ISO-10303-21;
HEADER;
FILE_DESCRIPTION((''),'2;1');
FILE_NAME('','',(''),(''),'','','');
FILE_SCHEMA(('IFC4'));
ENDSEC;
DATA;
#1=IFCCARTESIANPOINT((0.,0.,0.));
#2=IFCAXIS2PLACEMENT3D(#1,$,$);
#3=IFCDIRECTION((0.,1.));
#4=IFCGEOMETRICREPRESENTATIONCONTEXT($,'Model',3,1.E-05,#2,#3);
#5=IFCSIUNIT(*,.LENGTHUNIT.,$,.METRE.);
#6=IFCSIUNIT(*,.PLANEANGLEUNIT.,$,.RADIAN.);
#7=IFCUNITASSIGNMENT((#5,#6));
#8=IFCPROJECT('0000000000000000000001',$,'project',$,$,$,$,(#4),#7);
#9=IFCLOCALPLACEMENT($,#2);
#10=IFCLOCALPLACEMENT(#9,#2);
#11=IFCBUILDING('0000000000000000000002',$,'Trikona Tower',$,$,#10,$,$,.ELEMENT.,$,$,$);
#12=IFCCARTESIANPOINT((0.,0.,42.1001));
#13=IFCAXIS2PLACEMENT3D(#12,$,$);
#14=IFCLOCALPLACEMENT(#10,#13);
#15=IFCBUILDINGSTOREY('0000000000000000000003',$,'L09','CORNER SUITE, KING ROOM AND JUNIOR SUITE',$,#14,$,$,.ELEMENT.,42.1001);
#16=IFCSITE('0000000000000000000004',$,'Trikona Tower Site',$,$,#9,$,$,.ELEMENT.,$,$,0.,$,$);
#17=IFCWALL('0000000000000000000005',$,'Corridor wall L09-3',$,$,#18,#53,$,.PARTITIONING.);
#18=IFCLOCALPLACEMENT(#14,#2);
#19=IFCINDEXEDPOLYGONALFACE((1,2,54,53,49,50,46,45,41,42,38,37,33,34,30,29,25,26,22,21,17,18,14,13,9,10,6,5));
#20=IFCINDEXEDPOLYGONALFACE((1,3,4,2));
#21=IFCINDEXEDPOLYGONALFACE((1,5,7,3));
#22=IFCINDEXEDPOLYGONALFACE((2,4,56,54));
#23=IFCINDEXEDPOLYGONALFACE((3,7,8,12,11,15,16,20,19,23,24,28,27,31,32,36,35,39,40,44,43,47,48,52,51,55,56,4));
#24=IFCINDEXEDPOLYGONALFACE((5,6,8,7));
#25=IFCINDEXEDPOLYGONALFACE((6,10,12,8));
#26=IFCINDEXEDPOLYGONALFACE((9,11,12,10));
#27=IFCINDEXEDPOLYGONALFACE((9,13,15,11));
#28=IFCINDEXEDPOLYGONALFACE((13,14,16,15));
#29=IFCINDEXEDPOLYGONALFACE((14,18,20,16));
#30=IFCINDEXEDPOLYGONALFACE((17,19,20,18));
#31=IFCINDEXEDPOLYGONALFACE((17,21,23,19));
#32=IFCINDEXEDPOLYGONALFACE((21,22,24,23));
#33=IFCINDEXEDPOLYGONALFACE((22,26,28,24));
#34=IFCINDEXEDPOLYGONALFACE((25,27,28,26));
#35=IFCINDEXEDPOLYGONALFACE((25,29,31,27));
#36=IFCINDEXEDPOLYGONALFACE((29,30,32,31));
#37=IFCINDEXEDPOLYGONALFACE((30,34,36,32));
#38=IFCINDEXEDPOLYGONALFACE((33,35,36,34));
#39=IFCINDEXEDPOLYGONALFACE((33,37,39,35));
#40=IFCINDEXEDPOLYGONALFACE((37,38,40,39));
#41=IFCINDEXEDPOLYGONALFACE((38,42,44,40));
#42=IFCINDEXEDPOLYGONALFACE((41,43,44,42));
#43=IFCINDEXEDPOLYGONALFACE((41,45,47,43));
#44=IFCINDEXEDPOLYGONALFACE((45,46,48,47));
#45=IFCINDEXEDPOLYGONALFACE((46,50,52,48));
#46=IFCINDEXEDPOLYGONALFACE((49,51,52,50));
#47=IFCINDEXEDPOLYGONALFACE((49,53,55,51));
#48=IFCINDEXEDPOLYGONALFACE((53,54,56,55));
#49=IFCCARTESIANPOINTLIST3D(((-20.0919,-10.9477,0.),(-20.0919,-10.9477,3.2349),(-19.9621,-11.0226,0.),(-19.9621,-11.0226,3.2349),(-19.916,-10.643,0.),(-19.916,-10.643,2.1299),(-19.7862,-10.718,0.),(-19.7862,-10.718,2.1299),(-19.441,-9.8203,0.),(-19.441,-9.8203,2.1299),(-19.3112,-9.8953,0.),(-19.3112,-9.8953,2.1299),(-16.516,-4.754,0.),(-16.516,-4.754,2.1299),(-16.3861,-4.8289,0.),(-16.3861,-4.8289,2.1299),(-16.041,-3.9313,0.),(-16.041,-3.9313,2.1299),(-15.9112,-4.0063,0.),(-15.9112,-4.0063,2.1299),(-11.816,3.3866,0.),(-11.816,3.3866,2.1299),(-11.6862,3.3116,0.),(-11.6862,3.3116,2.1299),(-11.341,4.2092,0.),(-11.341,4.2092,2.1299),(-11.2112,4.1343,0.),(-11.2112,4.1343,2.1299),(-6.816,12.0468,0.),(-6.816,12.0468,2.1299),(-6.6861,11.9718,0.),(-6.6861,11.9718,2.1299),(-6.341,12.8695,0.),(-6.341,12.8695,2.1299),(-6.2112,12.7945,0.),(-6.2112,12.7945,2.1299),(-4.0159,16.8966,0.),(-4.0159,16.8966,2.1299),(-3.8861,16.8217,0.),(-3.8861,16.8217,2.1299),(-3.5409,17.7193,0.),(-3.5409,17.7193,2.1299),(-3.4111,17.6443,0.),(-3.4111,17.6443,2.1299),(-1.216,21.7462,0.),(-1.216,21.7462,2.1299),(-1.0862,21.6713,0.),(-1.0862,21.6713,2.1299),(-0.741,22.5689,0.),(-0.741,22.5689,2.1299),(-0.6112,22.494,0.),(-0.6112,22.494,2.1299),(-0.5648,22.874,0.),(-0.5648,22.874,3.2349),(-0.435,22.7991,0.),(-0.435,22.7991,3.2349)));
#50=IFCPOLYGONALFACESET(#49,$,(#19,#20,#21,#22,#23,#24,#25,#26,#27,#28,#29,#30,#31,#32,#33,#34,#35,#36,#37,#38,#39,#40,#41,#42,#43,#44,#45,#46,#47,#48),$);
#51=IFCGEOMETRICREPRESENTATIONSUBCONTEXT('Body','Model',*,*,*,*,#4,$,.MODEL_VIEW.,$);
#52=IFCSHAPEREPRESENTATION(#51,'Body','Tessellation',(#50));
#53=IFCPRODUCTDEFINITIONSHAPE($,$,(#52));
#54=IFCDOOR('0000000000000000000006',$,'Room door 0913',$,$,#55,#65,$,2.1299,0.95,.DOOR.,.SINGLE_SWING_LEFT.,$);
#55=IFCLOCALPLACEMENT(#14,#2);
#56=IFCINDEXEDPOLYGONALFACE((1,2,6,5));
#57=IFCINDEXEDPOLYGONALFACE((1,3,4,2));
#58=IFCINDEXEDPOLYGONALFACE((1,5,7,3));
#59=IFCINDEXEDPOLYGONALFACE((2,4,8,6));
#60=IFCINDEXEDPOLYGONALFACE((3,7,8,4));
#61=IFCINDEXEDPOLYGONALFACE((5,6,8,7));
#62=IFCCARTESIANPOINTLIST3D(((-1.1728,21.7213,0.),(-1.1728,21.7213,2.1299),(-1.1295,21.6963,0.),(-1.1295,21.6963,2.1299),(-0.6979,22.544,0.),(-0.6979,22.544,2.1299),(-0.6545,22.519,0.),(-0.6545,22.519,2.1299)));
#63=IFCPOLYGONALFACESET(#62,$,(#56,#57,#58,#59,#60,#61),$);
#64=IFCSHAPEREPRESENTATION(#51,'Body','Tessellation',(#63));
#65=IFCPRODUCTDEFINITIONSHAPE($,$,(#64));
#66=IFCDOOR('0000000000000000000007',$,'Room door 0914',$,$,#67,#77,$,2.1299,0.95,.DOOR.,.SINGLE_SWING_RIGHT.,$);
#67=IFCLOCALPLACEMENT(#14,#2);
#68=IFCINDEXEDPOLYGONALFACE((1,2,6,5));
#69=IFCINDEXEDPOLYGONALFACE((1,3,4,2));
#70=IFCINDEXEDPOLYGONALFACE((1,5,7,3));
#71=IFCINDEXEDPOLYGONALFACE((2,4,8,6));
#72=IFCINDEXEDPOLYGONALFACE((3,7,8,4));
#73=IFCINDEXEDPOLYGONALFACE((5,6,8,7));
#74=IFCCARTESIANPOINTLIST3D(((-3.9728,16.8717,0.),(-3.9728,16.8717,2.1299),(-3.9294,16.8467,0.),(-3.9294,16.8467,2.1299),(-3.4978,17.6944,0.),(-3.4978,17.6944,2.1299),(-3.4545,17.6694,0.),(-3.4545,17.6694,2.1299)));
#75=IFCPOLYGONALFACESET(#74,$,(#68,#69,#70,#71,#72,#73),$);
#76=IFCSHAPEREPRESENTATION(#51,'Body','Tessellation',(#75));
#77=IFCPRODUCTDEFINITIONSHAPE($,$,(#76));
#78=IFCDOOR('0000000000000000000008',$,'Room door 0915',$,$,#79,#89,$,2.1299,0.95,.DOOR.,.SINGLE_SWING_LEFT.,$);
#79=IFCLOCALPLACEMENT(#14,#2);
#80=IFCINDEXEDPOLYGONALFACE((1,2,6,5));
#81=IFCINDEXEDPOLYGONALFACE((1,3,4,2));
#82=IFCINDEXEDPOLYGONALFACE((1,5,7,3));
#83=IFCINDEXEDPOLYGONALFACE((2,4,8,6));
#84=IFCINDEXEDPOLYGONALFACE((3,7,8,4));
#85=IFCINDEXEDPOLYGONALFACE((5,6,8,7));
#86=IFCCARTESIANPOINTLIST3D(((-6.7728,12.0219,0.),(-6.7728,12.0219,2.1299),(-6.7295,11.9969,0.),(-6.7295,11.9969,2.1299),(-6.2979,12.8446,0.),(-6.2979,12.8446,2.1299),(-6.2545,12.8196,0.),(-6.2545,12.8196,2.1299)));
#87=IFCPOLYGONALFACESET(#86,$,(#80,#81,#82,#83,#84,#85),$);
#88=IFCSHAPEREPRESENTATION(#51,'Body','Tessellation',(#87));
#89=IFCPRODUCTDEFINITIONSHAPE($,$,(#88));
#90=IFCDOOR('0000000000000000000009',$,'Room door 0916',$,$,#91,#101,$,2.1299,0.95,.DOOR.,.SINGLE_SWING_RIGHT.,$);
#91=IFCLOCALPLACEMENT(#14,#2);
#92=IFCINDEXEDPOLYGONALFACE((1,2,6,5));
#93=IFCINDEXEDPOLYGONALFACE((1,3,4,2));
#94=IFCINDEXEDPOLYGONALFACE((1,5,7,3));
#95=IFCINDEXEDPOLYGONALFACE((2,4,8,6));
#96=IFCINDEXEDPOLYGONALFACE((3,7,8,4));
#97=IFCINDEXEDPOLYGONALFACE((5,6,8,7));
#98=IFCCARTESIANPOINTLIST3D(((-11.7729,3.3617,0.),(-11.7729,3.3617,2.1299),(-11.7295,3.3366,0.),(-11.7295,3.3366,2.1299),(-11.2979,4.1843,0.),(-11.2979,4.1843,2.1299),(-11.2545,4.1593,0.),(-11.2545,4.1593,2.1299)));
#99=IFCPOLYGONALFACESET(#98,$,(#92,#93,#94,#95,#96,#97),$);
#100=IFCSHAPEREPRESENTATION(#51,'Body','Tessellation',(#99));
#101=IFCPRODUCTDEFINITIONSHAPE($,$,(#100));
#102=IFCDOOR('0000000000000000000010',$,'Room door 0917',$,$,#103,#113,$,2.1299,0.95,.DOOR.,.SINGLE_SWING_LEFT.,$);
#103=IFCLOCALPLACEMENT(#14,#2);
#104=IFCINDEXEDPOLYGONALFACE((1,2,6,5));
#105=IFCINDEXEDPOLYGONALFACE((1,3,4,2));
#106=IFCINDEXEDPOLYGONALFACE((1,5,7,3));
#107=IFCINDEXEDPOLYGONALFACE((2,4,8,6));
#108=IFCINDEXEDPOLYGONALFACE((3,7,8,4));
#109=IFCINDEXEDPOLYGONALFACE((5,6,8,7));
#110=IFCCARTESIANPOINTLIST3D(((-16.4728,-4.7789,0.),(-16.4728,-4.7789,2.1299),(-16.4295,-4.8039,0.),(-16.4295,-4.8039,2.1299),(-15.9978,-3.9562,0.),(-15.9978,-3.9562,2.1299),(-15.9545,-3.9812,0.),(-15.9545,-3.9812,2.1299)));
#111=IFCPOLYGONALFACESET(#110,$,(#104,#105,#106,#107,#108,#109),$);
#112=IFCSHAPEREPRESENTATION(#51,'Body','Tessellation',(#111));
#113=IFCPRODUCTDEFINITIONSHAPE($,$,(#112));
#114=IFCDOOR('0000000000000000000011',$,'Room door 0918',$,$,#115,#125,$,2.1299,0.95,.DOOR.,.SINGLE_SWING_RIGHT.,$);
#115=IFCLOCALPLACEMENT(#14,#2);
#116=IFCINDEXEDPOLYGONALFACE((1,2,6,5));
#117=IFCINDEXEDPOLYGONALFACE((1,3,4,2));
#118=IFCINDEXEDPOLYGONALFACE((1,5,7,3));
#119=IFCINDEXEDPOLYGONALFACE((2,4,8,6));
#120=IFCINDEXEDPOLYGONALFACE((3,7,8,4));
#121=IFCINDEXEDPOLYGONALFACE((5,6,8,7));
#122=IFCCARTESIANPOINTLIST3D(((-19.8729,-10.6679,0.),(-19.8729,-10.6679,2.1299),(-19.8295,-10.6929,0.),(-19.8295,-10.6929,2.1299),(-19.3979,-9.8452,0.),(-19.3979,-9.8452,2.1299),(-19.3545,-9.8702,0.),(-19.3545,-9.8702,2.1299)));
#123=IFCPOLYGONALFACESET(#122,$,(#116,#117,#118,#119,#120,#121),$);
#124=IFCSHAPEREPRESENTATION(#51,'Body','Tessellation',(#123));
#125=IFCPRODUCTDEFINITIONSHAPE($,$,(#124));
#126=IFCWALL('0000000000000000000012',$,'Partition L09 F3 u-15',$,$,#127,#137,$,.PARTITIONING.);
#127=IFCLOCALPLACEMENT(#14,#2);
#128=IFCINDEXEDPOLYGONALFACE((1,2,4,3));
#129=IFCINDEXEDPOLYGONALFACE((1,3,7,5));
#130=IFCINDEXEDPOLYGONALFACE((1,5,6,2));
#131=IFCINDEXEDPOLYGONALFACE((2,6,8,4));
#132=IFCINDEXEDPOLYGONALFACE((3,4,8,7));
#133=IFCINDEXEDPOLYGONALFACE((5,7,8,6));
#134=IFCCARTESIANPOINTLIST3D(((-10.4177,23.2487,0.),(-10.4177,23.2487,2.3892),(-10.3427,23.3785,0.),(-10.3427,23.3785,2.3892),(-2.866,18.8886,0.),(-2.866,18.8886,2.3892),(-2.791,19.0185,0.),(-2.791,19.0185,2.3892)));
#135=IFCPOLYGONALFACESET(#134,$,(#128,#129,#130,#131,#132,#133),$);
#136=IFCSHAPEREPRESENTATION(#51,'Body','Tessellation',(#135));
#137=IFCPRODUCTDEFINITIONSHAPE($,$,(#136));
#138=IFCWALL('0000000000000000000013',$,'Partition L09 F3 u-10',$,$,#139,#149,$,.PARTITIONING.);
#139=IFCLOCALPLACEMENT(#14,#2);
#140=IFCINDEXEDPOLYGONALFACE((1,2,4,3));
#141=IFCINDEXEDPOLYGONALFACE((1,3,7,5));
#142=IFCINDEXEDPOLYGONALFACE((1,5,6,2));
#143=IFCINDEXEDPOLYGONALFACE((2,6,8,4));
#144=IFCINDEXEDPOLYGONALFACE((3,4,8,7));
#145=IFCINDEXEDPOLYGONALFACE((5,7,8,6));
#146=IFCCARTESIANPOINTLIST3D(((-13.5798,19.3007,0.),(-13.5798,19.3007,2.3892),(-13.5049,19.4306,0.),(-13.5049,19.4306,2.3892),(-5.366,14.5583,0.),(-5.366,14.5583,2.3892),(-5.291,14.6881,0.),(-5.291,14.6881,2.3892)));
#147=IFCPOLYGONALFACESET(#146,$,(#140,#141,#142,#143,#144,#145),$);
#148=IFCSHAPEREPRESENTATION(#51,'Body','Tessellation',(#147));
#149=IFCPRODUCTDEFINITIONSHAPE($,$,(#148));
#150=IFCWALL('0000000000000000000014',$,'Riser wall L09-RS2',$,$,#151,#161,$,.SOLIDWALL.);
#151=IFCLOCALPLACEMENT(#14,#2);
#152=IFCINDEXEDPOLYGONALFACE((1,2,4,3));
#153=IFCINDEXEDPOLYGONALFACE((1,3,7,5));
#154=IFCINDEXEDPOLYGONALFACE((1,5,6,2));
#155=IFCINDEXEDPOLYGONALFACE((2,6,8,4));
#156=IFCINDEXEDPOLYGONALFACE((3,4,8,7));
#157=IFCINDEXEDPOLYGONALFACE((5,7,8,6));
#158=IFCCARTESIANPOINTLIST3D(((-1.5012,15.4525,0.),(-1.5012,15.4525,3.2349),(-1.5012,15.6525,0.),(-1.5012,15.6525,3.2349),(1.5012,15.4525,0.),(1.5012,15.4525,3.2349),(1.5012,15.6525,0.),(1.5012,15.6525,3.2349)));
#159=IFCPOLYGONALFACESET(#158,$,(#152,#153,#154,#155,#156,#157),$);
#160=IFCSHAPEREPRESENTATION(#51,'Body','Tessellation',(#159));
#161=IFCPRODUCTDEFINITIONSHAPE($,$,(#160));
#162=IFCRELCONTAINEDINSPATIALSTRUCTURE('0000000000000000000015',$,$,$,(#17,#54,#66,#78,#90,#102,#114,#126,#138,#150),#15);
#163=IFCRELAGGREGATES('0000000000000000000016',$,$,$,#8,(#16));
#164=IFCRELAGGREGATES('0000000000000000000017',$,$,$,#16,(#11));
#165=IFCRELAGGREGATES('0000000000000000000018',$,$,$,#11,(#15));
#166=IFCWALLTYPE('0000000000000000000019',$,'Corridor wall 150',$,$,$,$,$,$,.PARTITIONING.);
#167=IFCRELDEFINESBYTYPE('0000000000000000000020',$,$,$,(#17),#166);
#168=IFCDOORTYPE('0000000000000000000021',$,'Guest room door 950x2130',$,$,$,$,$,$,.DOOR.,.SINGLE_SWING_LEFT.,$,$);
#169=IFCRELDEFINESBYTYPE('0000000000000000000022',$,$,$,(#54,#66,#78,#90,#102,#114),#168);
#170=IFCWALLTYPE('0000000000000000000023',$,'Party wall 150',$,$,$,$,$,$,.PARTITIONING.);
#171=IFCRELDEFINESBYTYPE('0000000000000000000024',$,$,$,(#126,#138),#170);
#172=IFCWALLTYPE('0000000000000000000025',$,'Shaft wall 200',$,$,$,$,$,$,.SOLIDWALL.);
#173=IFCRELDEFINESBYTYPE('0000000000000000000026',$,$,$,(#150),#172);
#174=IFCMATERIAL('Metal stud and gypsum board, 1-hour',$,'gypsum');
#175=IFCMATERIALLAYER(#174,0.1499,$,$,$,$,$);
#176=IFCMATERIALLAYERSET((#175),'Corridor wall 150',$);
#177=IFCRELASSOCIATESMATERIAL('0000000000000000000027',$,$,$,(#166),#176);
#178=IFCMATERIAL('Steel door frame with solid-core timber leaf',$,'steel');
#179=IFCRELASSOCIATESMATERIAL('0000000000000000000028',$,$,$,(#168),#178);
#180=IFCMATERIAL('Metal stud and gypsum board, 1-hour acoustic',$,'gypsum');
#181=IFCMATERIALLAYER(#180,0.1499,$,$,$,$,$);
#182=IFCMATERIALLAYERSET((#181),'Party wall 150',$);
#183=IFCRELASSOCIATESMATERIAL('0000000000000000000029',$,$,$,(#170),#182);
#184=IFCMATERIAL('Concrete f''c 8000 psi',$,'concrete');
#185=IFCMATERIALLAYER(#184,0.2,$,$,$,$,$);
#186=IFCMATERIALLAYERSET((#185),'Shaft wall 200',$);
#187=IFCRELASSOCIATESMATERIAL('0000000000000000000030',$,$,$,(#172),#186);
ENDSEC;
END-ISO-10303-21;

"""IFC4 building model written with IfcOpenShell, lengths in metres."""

from ifc_helpers import new_model, si_unit, direction, frame, frame_2d, origin, place, context, subcontext, project, spatial, rectangle, extrude, material, layer, layer_set, type_object, element, fill, save


model = new_model("IFC4")

# Units and contexts
model_context = context("Model", 3, precision=1e-05, world=origin(), true_north=direction((0.0, 1.0)))
body_context = subcontext(model_context, "Body", "Model", "MODEL_VIEW")
ifc_project = project(units=[si_unit("LENGTHUNIT", "METRE"), si_unit("PLANEANGLEUNIT", "RADIAN")], contexts=[model_context])

# Site, building, storey
site_placement = place(None, origin())
site = spatial("IfcSite", under=ifc_project, at=site_placement, Name="Trikona Tower Site", CompositionType="ELEMENT", RefElevation=0.0)
building_placement = place(site_placement, origin())
building = spatial("IfcBuilding", under=site, at=building_placement, Name="Trikona Tower", CompositionType="ELEMENT")
storey_placement = place(building_placement, frame((0.0, 0.0, 42.1001)))
storey = spatial("IfcBuildingStorey", under=building, at=storey_placement, Name="L09", Description="CORNER SUITE, KING ROOM AND JUNIOR SUITE", CompositionType="ELEMENT", Elevation=42.1001)

# Wall, openings, doors
ifc_material_1 = material(Name="Metal stud and gypsum board, 1-hour", Category="gypsum")
ifc_layer_1 = layer(ifc_material_1, 0.1499)
ifc_layer_set_1 = layer_set([ifc_layer_1], Name="Corridor wall 150")
wall_type_1 = type_object("IfcWallType", Name="Corridor wall 150", PredefinedType="PARTITIONING", material=ifc_layer_set_1)
wall_1_placement = place(storey_placement, frame((-0.5, 22.8364, 0.0), z_axis=(0.0, 0.0, 1.0), x_axis=(-0.500002, -0.866024, 0.0)))
wall_1 = element("IfcWall", 1, at=wall_1_placement, inside=storey, type_object=wall_type_1, Name="Corridor wall L09-3", PredefinedType="PARTITIONING", context=body_context, shape_type="SweptSolid", body=[
    extrude(rectangle(XDim=39.054, YDim=0.1499, at=frame_2d((19.5269, 0.0))), origin(), (0.0, 0.0, 1.0), 3.2349),
])
opening_1_placement = place(wall_1_placement, frame((0.3521, 0.0, 0.0)))
opening_1 = element("IfcOpeningElement", 2, at=opening_1_placement, cuts=wall_1, PredefinedType="OPENING", context=body_context, shape_type="SweptSolid", body=[
    extrude(rectangle(XDim=0.95, YDim=2.1299, at=frame_2d((0.4751, 1.0649))), frame((0.0, 0.085, 0.0), z_axis=(0.0, -1.0, 0.0), x_axis=(1.0, 0.0, 0.0)), (0.0, 0.0, 1.0), 0.1699),
])
opening_2_placement = place(wall_1_placement, frame((5.9519, 0.0, 0.0)))
opening_2 = element("IfcOpeningElement", 3, at=opening_2_placement, cuts=wall_1, PredefinedType="OPENING", context=body_context, shape_type="SweptSolid", body=[
    extrude(rectangle(XDim=0.95, YDim=2.1299, at=frame_2d((0.4751, 1.0649))), frame((0.0, 0.085, 0.0), z_axis=(0.0, -1.0, 0.0), x_axis=(1.0, 0.0, 0.0)), (0.0, 0.0, 1.0), 0.1699),
])
opening_3_placement = place(wall_1_placement, frame((11.552, 0.0, 0.0)))
opening_3 = element("IfcOpeningElement", 4, at=opening_3_placement, cuts=wall_1, PredefinedType="OPENING", context=body_context, shape_type="SweptSolid", body=[
    extrude(rectangle(XDim=0.95, YDim=2.1299, at=frame_2d((0.4751, 1.0649))), frame((0.0, 0.085, 0.0), z_axis=(0.0, -1.0, 0.0), x_axis=(1.0, 0.0, 0.0)), (0.0, 0.0, 1.0), 0.1699),
])
opening_4_placement = place(wall_1_placement, frame((21.552, 0.0, 0.0)))
opening_4 = element("IfcOpeningElement", 5, at=opening_4_placement, cuts=wall_1, PredefinedType="OPENING", context=body_context, shape_type="SweptSolid", body=[
    extrude(rectangle(XDim=0.95, YDim=2.1299, at=frame_2d((0.4751, 1.0649))), frame((0.0, 0.085, 0.0), z_axis=(0.0, -1.0, 0.0), x_axis=(1.0, 0.0, 0.0)), (0.0, 0.0, 1.0), 0.1699),
])
opening_5_placement = place(wall_1_placement, frame((30.9519, 0.0, 0.0)))
opening_5 = element("IfcOpeningElement", 6, at=opening_5_placement, cuts=wall_1, PredefinedType="OPENING", context=body_context, shape_type="SweptSolid", body=[
    extrude(rectangle(XDim=0.95, YDim=2.1299, at=frame_2d((0.4751, 1.0649))), frame((0.0, 0.085, 0.0), z_axis=(0.0, -1.0, 0.0), x_axis=(1.0, 0.0, 0.0)), (0.0, 0.0, 1.0), 0.1699),
])
opening_6_placement = place(wall_1_placement, frame((37.752, 0.0, 0.0)))
opening_6 = element("IfcOpeningElement", 7, at=opening_6_placement, cuts=wall_1, PredefinedType="OPENING", context=body_context, shape_type="SweptSolid", body=[
    extrude(rectangle(XDim=0.95, YDim=2.1299, at=frame_2d((0.4751, 1.0649))), frame((0.0, 0.085, 0.0), z_axis=(0.0, -1.0, 0.0), x_axis=(1.0, 0.0, 0.0)), (0.0, 0.0, 1.0), 0.1699),
])
ifc_material_2 = material(Name="Steel door frame with solid-core timber leaf", Category="steel")
door_type_1 = type_object("IfcDoorType", Name="Guest room door 950x2130", OperationType="SINGLE_SWING_LEFT", PredefinedType="DOOR", material=ifc_material_2)
door_1_placement = place(opening_1_placement, origin())
door_1 = element("IfcDoor", 8, at=door_1_placement, inside=storey, type_object=door_type_1, Name="Room door 0913", OperationType="SINGLE_SWING_LEFT", OverallHeight=2.1299, OverallWidth=0.95, PredefinedType="DOOR", context=body_context, shape_type="SweptSolid", body=[
    extrude(rectangle(XDim=0.95, YDim=2.1299, at=frame_2d((0.4751, 1.0649))), frame((0.0, 0.0249, 0.0), z_axis=(0.0, -1.0, 0.0), x_axis=(1.0, 0.0, 0.0)), (0.0, 0.0, 1.0), 0.05),
])
fill(opening_1, door_1)
door_2_placement = place(opening_2_placement, origin())
door_2 = element("IfcDoor", 9, at=door_2_placement, inside=storey, type_object=door_type_1, Name="Room door 0914", OperationType="SINGLE_SWING_RIGHT", OverallHeight=2.1299, OverallWidth=0.95, PredefinedType="DOOR", context=body_context, shape_type="SweptSolid", body=[
    extrude(rectangle(XDim=0.95, YDim=2.1299, at=frame_2d((0.4751, 1.0649))), frame((0.0, 0.0249, 0.0), z_axis=(0.0, -1.0, 0.0), x_axis=(1.0, 0.0, 0.0)), (0.0, 0.0, 1.0), 0.05),
])
fill(opening_2, door_2)
door_3_placement = place(opening_3_placement, origin())
door_3 = element("IfcDoor", 10, at=door_3_placement, inside=storey, type_object=door_type_1, Name="Room door 0915", OperationType="SINGLE_SWING_LEFT", OverallHeight=2.1299, OverallWidth=0.95, PredefinedType="DOOR", context=body_context, shape_type="SweptSolid", body=[
    extrude(rectangle(XDim=0.95, YDim=2.1299, at=frame_2d((0.4751, 1.0649))), frame((0.0, 0.0249, 0.0), z_axis=(0.0, -1.0, 0.0), x_axis=(1.0, 0.0, 0.0)), (0.0, 0.0, 1.0), 0.05),
])
fill(opening_3, door_3)
door_4_placement = place(opening_4_placement, origin())
door_4 = element("IfcDoor", 11, at=door_4_placement, inside=storey, type_object=door_type_1, Name="Room door 0916", OperationType="SINGLE_SWING_RIGHT", OverallHeight=2.1299, OverallWidth=0.95, PredefinedType="DOOR", context=body_context, shape_type="SweptSolid", body=[
    extrude(rectangle(XDim=0.95, YDim=2.1299, at=frame_2d((0.4751, 1.0649))), frame((0.0, 0.0249, 0.0), z_axis=(0.0, -1.0, 0.0), x_axis=(1.0, 0.0, 0.0)), (0.0, 0.0, 1.0), 0.05),
])
fill(opening_4, door_4)
door_5_placement = place(opening_5_placement, origin())
door_5 = element("IfcDoor", 12, at=door_5_placement, inside=storey, type_object=door_type_1, Name="Room door 0917", OperationType="SINGLE_SWING_LEFT", OverallHeight=2.1299, OverallWidth=0.95, PredefinedType="DOOR", context=body_context, shape_type="SweptSolid", body=[
    extrude(rectangle(XDim=0.95, YDim=2.1299, at=frame_2d((0.4751, 1.0649))), frame((0.0, 0.0249, 0.0), z_axis=(0.0, -1.0, 0.0), x_axis=(1.0, 0.0, 0.0)), (0.0, 0.0, 1.0), 0.05),
])
fill(opening_5, door_5)
door_6_placement = place(opening_6_placement, origin())
door_6 = element("IfcDoor", 13, at=door_6_placement, inside=storey, type_object=door_type_1, Name="Room door 0918", OperationType="SINGLE_SWING_RIGHT", OverallHeight=2.1299, OverallWidth=0.95, PredefinedType="DOOR", context=body_context, shape_type="SweptSolid", body=[
    extrude(rectangle(XDim=0.95, YDim=2.1299, at=frame_2d((0.4751, 1.0649))), frame((0.0, 0.0249, 0.0), z_axis=(0.0, -1.0, 0.0), x_axis=(1.0, 0.0, 0.0)), (0.0, 0.0, 1.0), 0.05),
])
fill(opening_6, door_6)

# Walls
ifc_material_3 = material(Name="Metal stud and gypsum board, 1-hour acoustic", Category="gypsum")
ifc_layer_2 = layer(ifc_material_3, 0.1499)
ifc_layer_set_2 = layer_set([ifc_layer_2], Name="Party wall 150")
wall_type_2 = type_object("IfcWallType", Name="Party wall 150", PredefinedType="PARTITIONING", material=ifc_layer_set_2)
wall_2_placement = place(storey_placement, frame((-2.8286, 18.9536, 0.0), z_axis=(0.0, 0.0, 1.0), x_axis=(-0.866021, 0.500008, 0.0)))
element("IfcWall", 14, at=wall_2_placement, inside=storey, type_object=wall_type_2, Name="Partition L09 F3 u-15", PredefinedType="PARTITIONING", context=body_context, shape_type="SweptSolid", body=[
    extrude(rectangle(XDim=8.72, YDim=0.1499, at=frame_2d((4.3599, 0.0))), origin(), (0.0, 0.0, 1.0), 2.3892),
])
wall_3_placement = place(storey_placement, frame((-5.3286, 14.6233, 0.0), z_axis=(0.0, 0.0, 1.0), x_axis=(-0.866018, 0.500012, 0.0)))
element("IfcWall", 15, at=wall_3_placement, inside=storey, type_object=wall_type_2, Name="Partition L09 F3 u-10", PredefinedType="PARTITIONING", context=body_context, shape_type="SweptSolid", body=[
    extrude(rectangle(XDim=9.4846, YDim=0.1499, at=frame_2d((4.7422, 0.0))), origin(), (0.0, 0.0, 1.0), 2.3892),
])
ifc_material_4 = material(Name="Concrete f'c 8000 psi", Category="concrete")
ifc_layer_3 = layer(ifc_material_4, 0.2)
ifc_layer_set_3 = layer_set([ifc_layer_3], Name="Shaft wall 200")
wall_type_3 = type_object("IfcWallType", Name="Shaft wall 200", PredefinedType="SOLIDWALL", material=ifc_layer_set_3)
wall_4_placement = place(storey_placement, frame((-1.5012, 15.5525, 0.0), z_axis=(0.0, 0.0, 1.0), x_axis=(1.0, 0.0, 0.0)))
element("IfcWall", 16, at=wall_4_placement, inside=storey, type_object=wall_type_3, Name="Riser wall L09-RS2", PredefinedType="SOLIDWALL", context=body_context, shape_type="SweptSolid", body=[
    extrude(rectangle(XDim=3.0024, YDim=0.2, at=frame_2d((1.5012, 0.0))), origin(), (0.0, 0.0, 1.0), 3.2349),
])

save(model, "model.ifc")
